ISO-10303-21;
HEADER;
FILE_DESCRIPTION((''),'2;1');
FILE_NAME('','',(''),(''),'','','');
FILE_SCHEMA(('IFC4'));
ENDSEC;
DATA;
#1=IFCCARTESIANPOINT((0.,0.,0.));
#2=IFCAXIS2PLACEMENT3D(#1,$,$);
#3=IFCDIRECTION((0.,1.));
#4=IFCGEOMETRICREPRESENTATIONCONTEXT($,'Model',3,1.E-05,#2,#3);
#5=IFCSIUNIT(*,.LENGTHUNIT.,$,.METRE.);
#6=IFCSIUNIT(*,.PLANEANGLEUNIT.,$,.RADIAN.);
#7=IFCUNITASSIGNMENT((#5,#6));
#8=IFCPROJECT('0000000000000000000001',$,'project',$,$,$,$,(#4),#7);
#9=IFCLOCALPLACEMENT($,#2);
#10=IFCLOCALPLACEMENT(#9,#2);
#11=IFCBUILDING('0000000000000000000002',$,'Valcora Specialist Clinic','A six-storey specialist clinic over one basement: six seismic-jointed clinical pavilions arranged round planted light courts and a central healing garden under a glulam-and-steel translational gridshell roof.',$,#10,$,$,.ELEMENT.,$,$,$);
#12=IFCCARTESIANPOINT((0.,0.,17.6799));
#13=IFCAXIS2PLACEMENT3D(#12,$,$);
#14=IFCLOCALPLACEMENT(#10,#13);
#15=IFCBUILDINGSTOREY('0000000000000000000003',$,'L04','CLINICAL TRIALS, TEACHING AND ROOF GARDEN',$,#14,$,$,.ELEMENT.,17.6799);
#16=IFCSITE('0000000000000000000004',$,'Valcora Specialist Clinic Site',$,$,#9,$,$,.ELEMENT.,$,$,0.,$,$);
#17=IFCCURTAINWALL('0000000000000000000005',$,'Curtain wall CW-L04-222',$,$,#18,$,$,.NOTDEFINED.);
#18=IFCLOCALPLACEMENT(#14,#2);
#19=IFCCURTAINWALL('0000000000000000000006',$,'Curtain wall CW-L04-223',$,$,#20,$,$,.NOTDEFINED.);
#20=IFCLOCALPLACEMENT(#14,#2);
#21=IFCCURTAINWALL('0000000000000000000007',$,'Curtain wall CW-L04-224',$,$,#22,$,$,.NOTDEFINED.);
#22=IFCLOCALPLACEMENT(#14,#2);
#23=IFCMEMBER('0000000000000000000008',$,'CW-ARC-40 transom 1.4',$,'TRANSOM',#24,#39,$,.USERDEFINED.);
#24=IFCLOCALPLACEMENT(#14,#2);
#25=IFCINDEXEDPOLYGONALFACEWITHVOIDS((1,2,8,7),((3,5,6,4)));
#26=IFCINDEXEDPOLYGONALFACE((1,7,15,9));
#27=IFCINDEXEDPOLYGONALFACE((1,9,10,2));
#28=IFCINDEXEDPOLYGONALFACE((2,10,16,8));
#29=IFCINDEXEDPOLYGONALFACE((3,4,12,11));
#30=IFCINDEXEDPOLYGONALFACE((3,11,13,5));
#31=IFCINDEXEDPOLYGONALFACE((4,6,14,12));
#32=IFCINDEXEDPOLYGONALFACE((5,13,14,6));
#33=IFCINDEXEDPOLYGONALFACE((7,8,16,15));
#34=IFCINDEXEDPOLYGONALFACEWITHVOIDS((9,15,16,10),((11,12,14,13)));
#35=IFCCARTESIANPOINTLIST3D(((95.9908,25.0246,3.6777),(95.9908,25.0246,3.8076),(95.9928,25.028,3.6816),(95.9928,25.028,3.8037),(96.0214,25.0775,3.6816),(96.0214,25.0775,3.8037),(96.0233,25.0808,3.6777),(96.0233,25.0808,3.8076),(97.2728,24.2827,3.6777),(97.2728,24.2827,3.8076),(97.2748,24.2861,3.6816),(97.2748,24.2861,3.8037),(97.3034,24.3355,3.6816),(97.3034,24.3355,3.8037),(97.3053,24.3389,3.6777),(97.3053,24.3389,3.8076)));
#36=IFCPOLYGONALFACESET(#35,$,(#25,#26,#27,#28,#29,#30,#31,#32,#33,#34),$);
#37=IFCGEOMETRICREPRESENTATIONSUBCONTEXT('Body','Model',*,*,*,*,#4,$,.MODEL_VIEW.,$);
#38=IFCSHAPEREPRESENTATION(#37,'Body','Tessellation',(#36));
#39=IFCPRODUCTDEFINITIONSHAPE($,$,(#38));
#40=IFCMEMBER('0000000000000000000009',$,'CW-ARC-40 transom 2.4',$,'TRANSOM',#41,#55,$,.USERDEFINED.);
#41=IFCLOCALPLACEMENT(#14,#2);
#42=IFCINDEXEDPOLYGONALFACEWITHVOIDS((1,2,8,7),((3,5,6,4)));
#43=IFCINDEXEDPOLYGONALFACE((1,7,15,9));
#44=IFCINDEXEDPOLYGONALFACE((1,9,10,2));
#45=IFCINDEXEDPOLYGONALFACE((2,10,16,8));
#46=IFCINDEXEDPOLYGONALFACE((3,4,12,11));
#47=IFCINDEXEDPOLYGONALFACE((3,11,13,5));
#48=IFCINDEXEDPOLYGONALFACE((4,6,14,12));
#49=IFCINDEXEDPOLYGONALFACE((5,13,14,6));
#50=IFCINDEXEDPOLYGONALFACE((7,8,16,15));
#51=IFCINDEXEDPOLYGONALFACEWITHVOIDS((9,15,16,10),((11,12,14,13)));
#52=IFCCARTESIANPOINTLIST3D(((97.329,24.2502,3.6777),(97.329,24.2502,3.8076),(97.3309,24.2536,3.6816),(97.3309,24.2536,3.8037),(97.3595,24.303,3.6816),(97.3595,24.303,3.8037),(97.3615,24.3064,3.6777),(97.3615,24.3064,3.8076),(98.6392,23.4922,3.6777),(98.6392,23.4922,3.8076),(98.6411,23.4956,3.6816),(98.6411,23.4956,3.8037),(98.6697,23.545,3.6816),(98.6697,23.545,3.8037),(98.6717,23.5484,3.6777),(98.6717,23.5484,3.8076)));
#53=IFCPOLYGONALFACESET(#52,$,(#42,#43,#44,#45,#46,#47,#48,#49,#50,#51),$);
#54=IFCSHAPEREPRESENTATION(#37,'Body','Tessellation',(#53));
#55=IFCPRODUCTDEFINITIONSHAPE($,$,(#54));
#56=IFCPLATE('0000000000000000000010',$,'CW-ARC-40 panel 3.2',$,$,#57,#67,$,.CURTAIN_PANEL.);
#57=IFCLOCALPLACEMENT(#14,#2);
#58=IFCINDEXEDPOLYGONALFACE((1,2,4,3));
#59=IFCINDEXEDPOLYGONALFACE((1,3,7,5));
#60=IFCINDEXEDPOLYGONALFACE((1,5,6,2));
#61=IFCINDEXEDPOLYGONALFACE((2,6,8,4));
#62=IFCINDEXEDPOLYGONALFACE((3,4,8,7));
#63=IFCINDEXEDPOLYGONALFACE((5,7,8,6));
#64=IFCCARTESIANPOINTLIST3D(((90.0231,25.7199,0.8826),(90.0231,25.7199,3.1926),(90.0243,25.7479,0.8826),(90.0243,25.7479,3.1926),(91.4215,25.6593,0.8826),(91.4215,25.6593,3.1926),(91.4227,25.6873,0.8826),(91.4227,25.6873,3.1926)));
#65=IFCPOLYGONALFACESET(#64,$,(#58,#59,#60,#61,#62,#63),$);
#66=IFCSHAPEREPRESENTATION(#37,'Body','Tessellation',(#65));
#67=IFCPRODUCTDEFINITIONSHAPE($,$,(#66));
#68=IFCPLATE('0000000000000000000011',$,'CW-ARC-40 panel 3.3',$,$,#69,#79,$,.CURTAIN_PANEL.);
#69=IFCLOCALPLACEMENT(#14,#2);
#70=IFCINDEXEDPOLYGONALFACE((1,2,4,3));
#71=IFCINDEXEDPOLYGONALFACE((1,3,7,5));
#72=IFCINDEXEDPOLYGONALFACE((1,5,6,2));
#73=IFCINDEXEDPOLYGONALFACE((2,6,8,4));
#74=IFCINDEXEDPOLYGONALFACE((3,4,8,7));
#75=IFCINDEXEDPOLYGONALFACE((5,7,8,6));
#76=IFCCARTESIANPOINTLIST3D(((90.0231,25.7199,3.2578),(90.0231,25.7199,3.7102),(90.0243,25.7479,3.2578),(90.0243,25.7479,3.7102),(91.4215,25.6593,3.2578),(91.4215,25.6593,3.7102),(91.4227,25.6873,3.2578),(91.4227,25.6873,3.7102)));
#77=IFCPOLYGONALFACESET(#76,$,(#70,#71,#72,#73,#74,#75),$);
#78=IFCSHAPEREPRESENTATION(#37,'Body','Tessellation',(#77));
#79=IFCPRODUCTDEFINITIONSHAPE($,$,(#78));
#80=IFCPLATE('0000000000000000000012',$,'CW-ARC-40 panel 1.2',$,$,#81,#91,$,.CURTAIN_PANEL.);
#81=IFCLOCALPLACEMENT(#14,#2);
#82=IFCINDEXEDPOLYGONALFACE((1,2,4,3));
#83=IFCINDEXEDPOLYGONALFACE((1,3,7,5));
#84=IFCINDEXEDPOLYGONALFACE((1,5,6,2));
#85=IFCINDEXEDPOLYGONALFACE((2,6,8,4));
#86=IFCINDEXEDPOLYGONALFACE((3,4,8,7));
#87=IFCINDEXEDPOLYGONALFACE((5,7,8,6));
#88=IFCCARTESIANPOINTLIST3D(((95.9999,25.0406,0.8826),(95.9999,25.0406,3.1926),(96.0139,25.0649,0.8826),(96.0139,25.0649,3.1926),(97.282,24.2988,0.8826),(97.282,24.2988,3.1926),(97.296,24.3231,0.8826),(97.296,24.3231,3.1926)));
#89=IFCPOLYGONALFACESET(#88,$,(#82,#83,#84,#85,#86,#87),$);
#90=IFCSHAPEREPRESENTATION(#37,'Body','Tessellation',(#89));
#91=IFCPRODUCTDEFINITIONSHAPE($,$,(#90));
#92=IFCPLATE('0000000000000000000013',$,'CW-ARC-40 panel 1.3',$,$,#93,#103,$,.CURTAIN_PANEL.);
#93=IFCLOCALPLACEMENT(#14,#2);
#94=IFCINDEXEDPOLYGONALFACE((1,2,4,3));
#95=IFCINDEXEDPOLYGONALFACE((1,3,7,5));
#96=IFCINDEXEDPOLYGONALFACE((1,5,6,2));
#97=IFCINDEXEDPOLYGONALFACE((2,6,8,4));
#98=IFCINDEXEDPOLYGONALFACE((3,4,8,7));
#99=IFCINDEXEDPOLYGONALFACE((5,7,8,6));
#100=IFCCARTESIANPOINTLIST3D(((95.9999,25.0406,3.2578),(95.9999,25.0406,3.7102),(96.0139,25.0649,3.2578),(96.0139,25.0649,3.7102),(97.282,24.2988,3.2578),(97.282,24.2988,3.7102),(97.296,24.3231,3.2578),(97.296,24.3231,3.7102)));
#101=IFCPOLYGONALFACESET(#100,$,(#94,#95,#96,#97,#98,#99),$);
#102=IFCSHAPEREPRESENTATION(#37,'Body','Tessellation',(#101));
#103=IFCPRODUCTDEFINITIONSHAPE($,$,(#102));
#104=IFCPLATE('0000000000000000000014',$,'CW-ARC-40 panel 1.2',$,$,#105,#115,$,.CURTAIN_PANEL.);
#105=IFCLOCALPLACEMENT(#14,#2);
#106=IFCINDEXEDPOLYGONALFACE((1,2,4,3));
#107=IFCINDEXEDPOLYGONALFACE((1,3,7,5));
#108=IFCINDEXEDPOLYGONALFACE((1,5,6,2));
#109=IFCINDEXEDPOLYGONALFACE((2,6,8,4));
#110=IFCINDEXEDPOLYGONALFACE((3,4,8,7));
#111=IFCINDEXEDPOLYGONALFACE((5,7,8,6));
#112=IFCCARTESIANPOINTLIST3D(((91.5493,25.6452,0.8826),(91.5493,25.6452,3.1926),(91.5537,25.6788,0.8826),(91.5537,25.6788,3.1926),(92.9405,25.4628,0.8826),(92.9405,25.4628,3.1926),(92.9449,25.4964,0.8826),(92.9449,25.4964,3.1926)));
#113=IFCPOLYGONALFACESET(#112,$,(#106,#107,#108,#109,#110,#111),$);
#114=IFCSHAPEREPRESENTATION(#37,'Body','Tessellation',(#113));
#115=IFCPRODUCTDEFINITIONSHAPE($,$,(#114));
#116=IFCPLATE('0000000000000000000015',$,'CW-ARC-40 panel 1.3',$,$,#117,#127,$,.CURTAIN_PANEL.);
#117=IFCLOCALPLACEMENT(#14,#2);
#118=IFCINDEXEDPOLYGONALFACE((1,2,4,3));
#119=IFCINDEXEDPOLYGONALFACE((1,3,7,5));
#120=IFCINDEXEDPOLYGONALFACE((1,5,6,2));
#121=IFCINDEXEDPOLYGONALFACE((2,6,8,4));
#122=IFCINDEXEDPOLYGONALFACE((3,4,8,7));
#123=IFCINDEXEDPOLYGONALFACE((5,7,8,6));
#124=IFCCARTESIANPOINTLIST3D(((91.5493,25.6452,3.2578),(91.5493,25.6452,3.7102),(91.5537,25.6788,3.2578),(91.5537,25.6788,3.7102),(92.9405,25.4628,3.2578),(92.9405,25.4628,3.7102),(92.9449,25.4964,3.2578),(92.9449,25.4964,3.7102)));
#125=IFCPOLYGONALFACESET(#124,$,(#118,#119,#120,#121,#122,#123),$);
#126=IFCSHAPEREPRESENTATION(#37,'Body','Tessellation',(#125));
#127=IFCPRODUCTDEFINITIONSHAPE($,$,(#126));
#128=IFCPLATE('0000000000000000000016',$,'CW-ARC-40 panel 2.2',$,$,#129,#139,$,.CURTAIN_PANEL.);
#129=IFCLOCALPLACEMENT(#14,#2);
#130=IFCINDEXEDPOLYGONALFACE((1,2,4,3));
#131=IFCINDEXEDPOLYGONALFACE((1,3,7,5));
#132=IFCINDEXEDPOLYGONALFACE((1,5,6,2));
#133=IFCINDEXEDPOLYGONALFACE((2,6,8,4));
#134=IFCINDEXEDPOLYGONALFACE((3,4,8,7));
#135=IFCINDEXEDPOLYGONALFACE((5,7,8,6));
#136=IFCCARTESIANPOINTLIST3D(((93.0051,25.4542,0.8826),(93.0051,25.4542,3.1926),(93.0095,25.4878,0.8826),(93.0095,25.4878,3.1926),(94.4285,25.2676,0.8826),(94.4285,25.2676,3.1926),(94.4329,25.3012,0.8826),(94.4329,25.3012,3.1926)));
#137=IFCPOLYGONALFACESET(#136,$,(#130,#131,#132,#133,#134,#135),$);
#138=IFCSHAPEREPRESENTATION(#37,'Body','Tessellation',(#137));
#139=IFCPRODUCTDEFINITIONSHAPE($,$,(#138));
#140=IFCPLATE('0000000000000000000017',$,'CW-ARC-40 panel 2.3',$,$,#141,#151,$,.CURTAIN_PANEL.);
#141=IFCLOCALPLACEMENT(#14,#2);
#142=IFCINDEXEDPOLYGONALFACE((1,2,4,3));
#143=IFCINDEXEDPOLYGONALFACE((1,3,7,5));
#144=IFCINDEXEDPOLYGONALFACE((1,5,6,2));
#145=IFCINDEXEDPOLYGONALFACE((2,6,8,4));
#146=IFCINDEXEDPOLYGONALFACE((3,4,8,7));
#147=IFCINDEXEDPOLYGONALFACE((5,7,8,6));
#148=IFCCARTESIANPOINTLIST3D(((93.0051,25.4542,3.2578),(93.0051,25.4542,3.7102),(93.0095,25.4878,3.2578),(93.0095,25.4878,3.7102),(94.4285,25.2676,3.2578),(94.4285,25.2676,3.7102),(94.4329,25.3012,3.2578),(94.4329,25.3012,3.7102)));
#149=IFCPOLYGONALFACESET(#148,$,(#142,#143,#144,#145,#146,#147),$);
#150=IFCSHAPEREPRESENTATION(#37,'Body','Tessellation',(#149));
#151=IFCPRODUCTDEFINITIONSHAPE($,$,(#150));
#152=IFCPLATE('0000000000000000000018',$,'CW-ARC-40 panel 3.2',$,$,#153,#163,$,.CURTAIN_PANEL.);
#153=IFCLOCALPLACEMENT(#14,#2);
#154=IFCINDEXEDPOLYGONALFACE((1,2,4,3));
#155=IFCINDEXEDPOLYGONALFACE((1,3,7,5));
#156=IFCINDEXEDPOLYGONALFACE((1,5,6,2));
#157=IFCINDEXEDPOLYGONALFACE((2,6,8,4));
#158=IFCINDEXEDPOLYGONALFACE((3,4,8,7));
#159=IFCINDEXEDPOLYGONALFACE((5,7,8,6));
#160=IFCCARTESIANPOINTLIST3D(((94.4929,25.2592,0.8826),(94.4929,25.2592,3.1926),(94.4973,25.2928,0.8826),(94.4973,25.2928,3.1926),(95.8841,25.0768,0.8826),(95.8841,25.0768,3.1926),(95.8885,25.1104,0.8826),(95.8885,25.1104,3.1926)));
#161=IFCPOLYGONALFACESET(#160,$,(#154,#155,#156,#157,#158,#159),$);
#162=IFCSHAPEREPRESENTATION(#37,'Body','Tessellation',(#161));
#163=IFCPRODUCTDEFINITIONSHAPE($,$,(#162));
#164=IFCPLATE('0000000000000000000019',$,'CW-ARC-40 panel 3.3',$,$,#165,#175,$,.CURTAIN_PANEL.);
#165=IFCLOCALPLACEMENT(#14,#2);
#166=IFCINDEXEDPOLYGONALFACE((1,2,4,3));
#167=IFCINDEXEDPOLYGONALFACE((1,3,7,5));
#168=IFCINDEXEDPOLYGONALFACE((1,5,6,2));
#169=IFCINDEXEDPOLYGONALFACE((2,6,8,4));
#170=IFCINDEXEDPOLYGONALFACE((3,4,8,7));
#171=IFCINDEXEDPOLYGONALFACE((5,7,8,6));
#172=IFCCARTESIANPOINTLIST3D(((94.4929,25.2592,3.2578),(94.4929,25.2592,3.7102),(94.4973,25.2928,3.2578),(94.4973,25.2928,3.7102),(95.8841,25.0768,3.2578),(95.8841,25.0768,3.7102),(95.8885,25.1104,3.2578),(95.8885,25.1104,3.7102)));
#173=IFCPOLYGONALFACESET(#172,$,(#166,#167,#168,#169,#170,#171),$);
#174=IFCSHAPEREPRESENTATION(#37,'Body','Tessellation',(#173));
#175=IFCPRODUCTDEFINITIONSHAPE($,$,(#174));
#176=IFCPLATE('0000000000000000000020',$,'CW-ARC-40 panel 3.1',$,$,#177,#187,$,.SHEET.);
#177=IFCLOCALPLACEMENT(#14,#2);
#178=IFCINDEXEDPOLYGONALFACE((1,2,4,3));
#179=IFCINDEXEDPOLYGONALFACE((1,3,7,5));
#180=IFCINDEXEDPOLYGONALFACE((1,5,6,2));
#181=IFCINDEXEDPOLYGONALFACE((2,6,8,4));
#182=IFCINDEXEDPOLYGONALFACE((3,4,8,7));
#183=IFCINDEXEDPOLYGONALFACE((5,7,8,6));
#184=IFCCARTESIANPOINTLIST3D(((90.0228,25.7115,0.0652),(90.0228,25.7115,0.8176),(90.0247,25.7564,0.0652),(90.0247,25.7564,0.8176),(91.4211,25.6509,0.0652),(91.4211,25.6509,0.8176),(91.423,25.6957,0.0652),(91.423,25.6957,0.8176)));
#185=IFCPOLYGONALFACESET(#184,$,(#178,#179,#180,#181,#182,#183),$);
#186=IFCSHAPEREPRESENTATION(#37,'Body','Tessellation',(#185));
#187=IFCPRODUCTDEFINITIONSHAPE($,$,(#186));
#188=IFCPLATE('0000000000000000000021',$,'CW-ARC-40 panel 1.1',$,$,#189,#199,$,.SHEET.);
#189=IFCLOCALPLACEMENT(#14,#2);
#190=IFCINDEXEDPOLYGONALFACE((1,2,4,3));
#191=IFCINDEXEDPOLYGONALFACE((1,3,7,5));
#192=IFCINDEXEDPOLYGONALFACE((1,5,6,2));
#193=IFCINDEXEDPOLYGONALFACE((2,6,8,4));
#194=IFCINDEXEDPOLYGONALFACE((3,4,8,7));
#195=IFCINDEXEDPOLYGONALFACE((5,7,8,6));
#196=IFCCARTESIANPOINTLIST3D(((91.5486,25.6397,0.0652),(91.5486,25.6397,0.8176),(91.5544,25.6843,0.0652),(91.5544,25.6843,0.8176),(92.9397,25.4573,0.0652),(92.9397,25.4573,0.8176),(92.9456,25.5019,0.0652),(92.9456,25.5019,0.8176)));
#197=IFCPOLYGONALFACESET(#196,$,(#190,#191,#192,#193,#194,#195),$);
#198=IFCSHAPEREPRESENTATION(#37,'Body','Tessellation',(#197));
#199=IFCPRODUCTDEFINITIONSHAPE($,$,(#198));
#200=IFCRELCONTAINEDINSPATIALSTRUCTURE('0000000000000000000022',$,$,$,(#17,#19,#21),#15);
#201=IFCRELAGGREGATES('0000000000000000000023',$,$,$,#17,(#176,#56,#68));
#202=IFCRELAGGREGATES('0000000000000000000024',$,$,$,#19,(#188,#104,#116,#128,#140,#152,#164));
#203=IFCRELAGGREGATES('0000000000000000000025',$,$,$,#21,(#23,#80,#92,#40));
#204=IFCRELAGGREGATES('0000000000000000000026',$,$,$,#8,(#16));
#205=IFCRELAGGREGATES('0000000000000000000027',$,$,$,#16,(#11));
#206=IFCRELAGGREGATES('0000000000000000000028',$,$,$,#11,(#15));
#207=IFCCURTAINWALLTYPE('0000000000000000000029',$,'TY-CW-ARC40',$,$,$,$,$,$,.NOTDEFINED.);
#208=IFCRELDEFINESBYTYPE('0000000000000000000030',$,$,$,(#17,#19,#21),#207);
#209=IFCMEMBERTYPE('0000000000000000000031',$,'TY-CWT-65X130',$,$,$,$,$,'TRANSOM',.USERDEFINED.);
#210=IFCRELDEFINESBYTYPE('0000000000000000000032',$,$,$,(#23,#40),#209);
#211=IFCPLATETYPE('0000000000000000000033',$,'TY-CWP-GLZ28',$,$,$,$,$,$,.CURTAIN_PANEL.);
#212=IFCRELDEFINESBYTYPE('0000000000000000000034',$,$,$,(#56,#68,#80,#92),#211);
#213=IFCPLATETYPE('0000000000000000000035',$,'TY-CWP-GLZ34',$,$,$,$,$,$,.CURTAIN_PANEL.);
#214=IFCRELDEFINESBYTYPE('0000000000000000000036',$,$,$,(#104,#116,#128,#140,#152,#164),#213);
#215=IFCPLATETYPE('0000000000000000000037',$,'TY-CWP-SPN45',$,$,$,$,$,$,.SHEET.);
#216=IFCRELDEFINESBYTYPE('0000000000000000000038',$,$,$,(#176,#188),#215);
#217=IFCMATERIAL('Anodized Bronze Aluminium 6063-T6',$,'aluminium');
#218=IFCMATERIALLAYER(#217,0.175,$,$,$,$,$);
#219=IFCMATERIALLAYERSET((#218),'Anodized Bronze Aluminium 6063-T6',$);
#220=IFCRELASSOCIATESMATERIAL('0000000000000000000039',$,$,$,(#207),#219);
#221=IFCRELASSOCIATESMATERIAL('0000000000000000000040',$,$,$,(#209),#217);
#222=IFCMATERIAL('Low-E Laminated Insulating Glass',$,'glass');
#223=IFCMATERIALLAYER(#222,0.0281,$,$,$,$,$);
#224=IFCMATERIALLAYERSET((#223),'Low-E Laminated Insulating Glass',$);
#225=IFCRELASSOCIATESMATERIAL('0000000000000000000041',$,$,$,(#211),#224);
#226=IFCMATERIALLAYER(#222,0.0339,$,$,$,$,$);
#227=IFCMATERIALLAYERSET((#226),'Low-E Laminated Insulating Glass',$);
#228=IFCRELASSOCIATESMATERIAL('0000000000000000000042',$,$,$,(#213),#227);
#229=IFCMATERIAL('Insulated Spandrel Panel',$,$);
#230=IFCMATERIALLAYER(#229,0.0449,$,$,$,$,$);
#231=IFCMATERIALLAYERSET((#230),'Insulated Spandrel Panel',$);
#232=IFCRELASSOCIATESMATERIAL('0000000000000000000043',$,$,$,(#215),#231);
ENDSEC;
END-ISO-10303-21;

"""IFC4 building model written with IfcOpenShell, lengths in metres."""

from ifc_helpers import new_model, si_unit, direction, frame, origin, origin_2d, place, context, subcontext, project, spatial, rectangle, hollow_rectangle, extrude, material, layer, layer_set, material_profile, profile_set, type_object, element, aggregate, save


model = new_model("IFC4")

# Units and contexts
model_context = context("Model", 3, precision=1e-05, world=origin(), true_north=direction((0.0, 1.0)))
body_context = subcontext(model_context, "Body", "Model", "MODEL_VIEW")
ifc_project = project(units=[si_unit("LENGTHUNIT", "METRE"), si_unit("PLANEANGLEUNIT", "RADIAN")], contexts=[model_context])

# Site, building, storey
site_placement = place(None, origin())
site = spatial("IfcSite", under=ifc_project, at=site_placement, Name="Valcora Specialist Clinic Site", CompositionType="ELEMENT", RefElevation=0.0)
building_placement = place(site_placement, origin())
building = spatial("IfcBuilding", under=site, at=building_placement, Name="Valcora Specialist Clinic", Description="A six-storey specialist clinic over one basement: six seismic-jointed clinical pavilions arranged round planted light courts and a central healing garden under a glulam-and-steel translational gridshell roof.", CompositionType="ELEMENT")
storey_placement = place(building_placement, frame((0.0, 0.0, 17.6799)))
storey = spatial("IfcBuildingStorey", under=building, at=storey_placement, Name="L04", Description="CLINICAL TRIALS, TEACHING AND ROOF GARDEN", CompositionType="ELEMENT", Elevation=17.6799)

# Curtain wall
ifc_material_1 = material(Name="Anodized Bronze Aluminium 6063-T6", Category="aluminium")
ifc_layer_1 = layer(ifc_material_1, 0.175)
ifc_layer_set_1 = layer_set([ifc_layer_1], Name="Anodized Bronze Aluminium 6063-T6")
curtain_wall_type = type_object("IfcCurtainWallType", Name="TY-CW-ARC40", PredefinedType="NOTDEFINED", material=ifc_layer_set_1)
curtain_wall_1_placement = place(storey_placement, origin())
curtain_wall_1 = element("IfcCurtainWall", 1, at=curtain_wall_1_placement, inside=storey, type_object=curtain_wall_type, Name="Curtain wall CW-L04-222", PredefinedType="NOTDEFINED")

# Curtain walls
curtain_wall_2_placement = place(storey_placement, origin())
curtain_wall_2 = element("IfcCurtainWall", 2, at=curtain_wall_2_placement, inside=storey, type_object=curtain_wall_type, Name="Curtain wall CW-L04-223", PredefinedType="NOTDEFINED")
curtain_wall_3_placement = place(storey_placement, origin())
curtain_wall_3 = element("IfcCurtainWall", 3, at=curtain_wall_3_placement, inside=storey, type_object=curtain_wall_type, Name="Curtain wall CW-L04-224", PredefinedType="NOTDEFINED")

# Members
ifc_material_profile_1 = material_profile(ifc_material_1, hollow_rectangle(XDim=0.0649, YDim=0.1299, WallThickness=0.0039, at=origin_2d()), Name="AL-TRN-65X130")
ifc_profile_set_1 = profile_set([ifc_material_profile_1], Name="Anodized Bronze Aluminium 6063-T6")
member_type_1 = type_object("IfcMemberType", Name="TY-CWT-65X130", ElementType="TRANSOM", PredefinedType="USERDEFINED", material=ifc_profile_set_1)
member_1_placement = place(storey_placement, frame((96.0071, 25.0527, 3.7427), z_axis=(0.865502, -0.500906, 0.0), x_axis=(0.500906, 0.865502, 0.0)))
member_1 = element("IfcMember", 4, at=member_1_placement, type_object=member_type_1, Name="CW-ARC-40 transom 1.4", ObjectType="TRANSOM", PredefinedType="USERDEFINED", context=body_context, shape_type="SweptSolid", body=[
    extrude(hollow_rectangle(XDim=0.0649, YDim=0.1299, WallThickness=0.0039, at=origin_2d()), origin(), (0.0, 0.0, 1.0), 1.4812),
])
member_2_placement = place(storey_placement, frame((97.3452, 24.2783, 3.7427), z_axis=(0.865581, -0.500769, 0.0), x_axis=(0.500769, 0.865581, 0.0)))
member_2 = element("IfcMember", 5, at=member_2_placement, type_object=member_type_1, Name="CW-ARC-40 transom 2.4", ObjectType="TRANSOM", PredefinedType="USERDEFINED", context=body_context, shape_type="SweptSolid", body=[
    extrude(hollow_rectangle(XDim=0.0649, YDim=0.1299, WallThickness=0.0039, at=origin_2d()), origin(), (0.0, 0.0, 1.0), 1.5137),
])

# Plates
ifc_material_2 = material(Name="Low-E Laminated Insulating Glass", Category="glass")
ifc_layer_2 = layer(ifc_material_2, 0.0281)
ifc_layer_set_2 = layer_set([ifc_layer_2], Name="Low-E Laminated Insulating Glass")
plate_type_1 = type_object("IfcPlateType", Name="TY-CWP-GLZ28", PredefinedType="CURTAIN_PANEL", material=ifc_layer_set_2)
plate_1_placement = place(storey_placement, frame((90.7229, 25.7036, 0.8826), z_axis=(0.0, 0.0, 1.0), x_axis=(0.999062, -0.043307, 0.0)))
plate_1 = element("IfcPlate", 6, at=plate_1_placement, type_object=plate_type_1, Name="CW-ARC-40 panel 3.2", PredefinedType="CURTAIN_PANEL", context=body_context, shape_type="SweptSolid", body=[
    extrude(rectangle(XDim=1.3997, YDim=0.0281, at=origin_2d()), origin(), (0.0, 0.0, 1.0), 2.3101),
])
plate_2_placement = place(storey_placement, frame((90.7229, 25.7036, 3.2578), z_axis=(0.0, 0.0, 1.0), x_axis=(0.999062, -0.043307, 0.0)))
plate_2 = element("IfcPlate", 7, at=plate_2_placement, type_object=plate_type_1, Name="CW-ARC-40 panel 3.3", PredefinedType="CURTAIN_PANEL", context=body_context, shape_type="SweptSolid", body=[
    extrude(rectangle(XDim=1.3997, YDim=0.0281, at=origin_2d()), origin(), (0.0, 0.0, 1.0), 0.4524),
])
plate_3_placement = place(storey_placement, frame((96.6479, 24.6819, 0.8826), z_axis=(0.0, 0.0, 1.0), x_axis=(0.865566, -0.500796, 0.0)))
plate_3 = element("IfcPlate", 8, at=plate_3_placement, type_object=plate_type_1, Name="CW-ARC-40 panel 1.2", PredefinedType="CURTAIN_PANEL", context=body_context, shape_type="SweptSolid", body=[
    extrude(rectangle(XDim=1.4812, YDim=0.0281, at=origin_2d()), origin(), (0.0, 0.0, 1.0), 2.3101),
])
plate_4_placement = place(storey_placement, frame((96.6479, 24.6819, 3.2578), z_axis=(0.0, 0.0, 1.0), x_axis=(0.865566, -0.500796, 0.0)))
plate_4 = element("IfcPlate", 9, at=plate_4_placement, type_object=plate_type_1, Name="CW-ARC-40 panel 1.3", PredefinedType="CURTAIN_PANEL", context=body_context, shape_type="SweptSolid", body=[
    extrude(rectangle(XDim=1.4812, YDim=0.0281, at=origin_2d()), origin(), (0.0, 0.0, 1.0), 0.4524),
])
ifc_layer_3 = layer(ifc_material_2, 0.0339)
ifc_layer_set_3 = layer_set([ifc_layer_3], Name="Low-E Laminated Insulating Glass")
plate_type_2 = type_object("IfcPlateType", Name="TY-CWP-GLZ34", PredefinedType="CURTAIN_PANEL", material=ifc_layer_set_3)
plate_5_placement = place(storey_placement, frame((92.2471, 25.5708, 0.8826), z_axis=(0.0, 0.0, 1.0), x_axis=(0.991516, -0.129987, 0.0)))
plate_5 = element("IfcPlate", 10, at=plate_5_placement, type_object=plate_type_2, Name="CW-ARC-40 panel 1.2", PredefinedType="CURTAIN_PANEL", context=body_context, shape_type="SweptSolid", body=[
    extrude(rectangle(XDim=1.4031, YDim=0.0339, at=origin_2d()), origin(), (0.0, 0.0, 1.0), 2.3101),
])
plate_6_placement = place(storey_placement, frame((92.2471, 25.5708, 3.2578), z_axis=(0.0, 0.0, 1.0), x_axis=(0.991516, -0.129987, 0.0)))
plate_6 = element("IfcPlate", 11, at=plate_6_placement, type_object=plate_type_2, Name="CW-ARC-40 panel 1.3", PredefinedType="CURTAIN_PANEL", context=body_context, shape_type="SweptSolid", body=[
    extrude(rectangle(XDim=1.4031, YDim=0.0339, at=origin_2d()), origin(), (0.0, 0.0, 1.0), 0.4524),
])
plate_7_placement = place(storey_placement, frame((93.719, 25.3777, 0.8826), z_axis=(0.0, 0.0, 1.0), x_axis=(0.991516, -0.129987, 0.0)))
plate_7 = element("IfcPlate", 12, at=plate_7_placement, type_object=plate_type_2, Name="CW-ARC-40 panel 2.2", PredefinedType="CURTAIN_PANEL", context=body_context, shape_type="SweptSolid", body=[
    extrude(rectangle(XDim=1.4355, YDim=0.0339, at=origin_2d()), origin(), (0.0, 0.0, 1.0), 2.3101),
])
plate_8_placement = place(storey_placement, frame((93.719, 25.3777, 3.2578), z_axis=(0.0, 0.0, 1.0), x_axis=(0.991516, -0.129987, 0.0)))
plate_8 = element("IfcPlate", 13, at=plate_8_placement, type_object=plate_type_2, Name="CW-ARC-40 panel 2.3", PredefinedType="CURTAIN_PANEL", context=body_context, shape_type="SweptSolid", body=[
    extrude(rectangle(XDim=1.4355, YDim=0.0339, at=origin_2d()), origin(), (0.0, 0.0, 1.0), 0.4524),
])
plate_9_placement = place(storey_placement, frame((95.1907, 25.1848, 0.8826), z_axis=(0.0, 0.0, 1.0), x_axis=(0.991516, -0.129987, 0.0)))
plate_9 = element("IfcPlate", 14, at=plate_9_placement, type_object=plate_type_2, Name="CW-ARC-40 panel 3.2", PredefinedType="CURTAIN_PANEL", context=body_context, shape_type="SweptSolid", body=[
    extrude(rectangle(XDim=1.4031, YDim=0.0339, at=origin_2d()), origin(), (0.0, 0.0, 1.0), 2.3101),
])
plate_10_placement = place(storey_placement, frame((95.1907, 25.1848, 3.2578), z_axis=(0.0, 0.0, 1.0), x_axis=(0.991516, -0.129987, 0.0)))
plate_10 = element("IfcPlate", 15, at=plate_10_placement, type_object=plate_type_2, Name="CW-ARC-40 panel 3.3", PredefinedType="CURTAIN_PANEL", context=body_context, shape_type="SweptSolid", body=[
    extrude(rectangle(XDim=1.4031, YDim=0.0339, at=origin_2d()), origin(), (0.0, 0.0, 1.0), 0.4524),
])
ifc_material_3 = material(Name="Insulated Spandrel Panel")
ifc_layer_4 = layer(ifc_material_3, 0.0449)
ifc_layer_set_4 = layer_set([ifc_layer_4], Name="Insulated Spandrel Panel")
plate_type_3 = type_object("IfcPlateType", Name="TY-CWP-SPN45", PredefinedType="SHEET", material=ifc_layer_set_4)
plate_11_placement = place(storey_placement, frame((90.7229, 25.7036, 0.0652), z_axis=(0.0, 0.0, 1.0), x_axis=(0.999062, -0.043307, 0.0)))
plate_11 = element("IfcPlate", 16, at=plate_11_placement, type_object=plate_type_3, Name="CW-ARC-40 panel 3.1", PredefinedType="SHEET", context=body_context, shape_type="SweptSolid", body=[
    extrude(rectangle(XDim=1.3997, YDim=0.0449, at=origin_2d()), origin(), (0.0, 0.0, 1.0), 0.7524),
])
aggregate(curtain_wall_1, [plate_11, plate_1, plate_2])
plate_12_placement = place(storey_placement, frame((92.2471, 25.5708, 0.0652), z_axis=(0.0, 0.0, 1.0), x_axis=(0.991516, -0.129987, 0.0)))
plate_12 = element("IfcPlate", 17, at=plate_12_placement, type_object=plate_type_3, Name="CW-ARC-40 panel 1.1", PredefinedType="SHEET", context=body_context, shape_type="SweptSolid", body=[
    extrude(rectangle(XDim=1.4031, YDim=0.0449, at=origin_2d()), origin(), (0.0, 0.0, 1.0), 0.7524),
])
aggregate(curtain_wall_2, [plate_12, plate_5, plate_6, plate_7, plate_8, plate_9, plate_10])
aggregate(curtain_wall_3, [member_1, plate_3, plate_4, member_2])

save(model, "model.ifc")
